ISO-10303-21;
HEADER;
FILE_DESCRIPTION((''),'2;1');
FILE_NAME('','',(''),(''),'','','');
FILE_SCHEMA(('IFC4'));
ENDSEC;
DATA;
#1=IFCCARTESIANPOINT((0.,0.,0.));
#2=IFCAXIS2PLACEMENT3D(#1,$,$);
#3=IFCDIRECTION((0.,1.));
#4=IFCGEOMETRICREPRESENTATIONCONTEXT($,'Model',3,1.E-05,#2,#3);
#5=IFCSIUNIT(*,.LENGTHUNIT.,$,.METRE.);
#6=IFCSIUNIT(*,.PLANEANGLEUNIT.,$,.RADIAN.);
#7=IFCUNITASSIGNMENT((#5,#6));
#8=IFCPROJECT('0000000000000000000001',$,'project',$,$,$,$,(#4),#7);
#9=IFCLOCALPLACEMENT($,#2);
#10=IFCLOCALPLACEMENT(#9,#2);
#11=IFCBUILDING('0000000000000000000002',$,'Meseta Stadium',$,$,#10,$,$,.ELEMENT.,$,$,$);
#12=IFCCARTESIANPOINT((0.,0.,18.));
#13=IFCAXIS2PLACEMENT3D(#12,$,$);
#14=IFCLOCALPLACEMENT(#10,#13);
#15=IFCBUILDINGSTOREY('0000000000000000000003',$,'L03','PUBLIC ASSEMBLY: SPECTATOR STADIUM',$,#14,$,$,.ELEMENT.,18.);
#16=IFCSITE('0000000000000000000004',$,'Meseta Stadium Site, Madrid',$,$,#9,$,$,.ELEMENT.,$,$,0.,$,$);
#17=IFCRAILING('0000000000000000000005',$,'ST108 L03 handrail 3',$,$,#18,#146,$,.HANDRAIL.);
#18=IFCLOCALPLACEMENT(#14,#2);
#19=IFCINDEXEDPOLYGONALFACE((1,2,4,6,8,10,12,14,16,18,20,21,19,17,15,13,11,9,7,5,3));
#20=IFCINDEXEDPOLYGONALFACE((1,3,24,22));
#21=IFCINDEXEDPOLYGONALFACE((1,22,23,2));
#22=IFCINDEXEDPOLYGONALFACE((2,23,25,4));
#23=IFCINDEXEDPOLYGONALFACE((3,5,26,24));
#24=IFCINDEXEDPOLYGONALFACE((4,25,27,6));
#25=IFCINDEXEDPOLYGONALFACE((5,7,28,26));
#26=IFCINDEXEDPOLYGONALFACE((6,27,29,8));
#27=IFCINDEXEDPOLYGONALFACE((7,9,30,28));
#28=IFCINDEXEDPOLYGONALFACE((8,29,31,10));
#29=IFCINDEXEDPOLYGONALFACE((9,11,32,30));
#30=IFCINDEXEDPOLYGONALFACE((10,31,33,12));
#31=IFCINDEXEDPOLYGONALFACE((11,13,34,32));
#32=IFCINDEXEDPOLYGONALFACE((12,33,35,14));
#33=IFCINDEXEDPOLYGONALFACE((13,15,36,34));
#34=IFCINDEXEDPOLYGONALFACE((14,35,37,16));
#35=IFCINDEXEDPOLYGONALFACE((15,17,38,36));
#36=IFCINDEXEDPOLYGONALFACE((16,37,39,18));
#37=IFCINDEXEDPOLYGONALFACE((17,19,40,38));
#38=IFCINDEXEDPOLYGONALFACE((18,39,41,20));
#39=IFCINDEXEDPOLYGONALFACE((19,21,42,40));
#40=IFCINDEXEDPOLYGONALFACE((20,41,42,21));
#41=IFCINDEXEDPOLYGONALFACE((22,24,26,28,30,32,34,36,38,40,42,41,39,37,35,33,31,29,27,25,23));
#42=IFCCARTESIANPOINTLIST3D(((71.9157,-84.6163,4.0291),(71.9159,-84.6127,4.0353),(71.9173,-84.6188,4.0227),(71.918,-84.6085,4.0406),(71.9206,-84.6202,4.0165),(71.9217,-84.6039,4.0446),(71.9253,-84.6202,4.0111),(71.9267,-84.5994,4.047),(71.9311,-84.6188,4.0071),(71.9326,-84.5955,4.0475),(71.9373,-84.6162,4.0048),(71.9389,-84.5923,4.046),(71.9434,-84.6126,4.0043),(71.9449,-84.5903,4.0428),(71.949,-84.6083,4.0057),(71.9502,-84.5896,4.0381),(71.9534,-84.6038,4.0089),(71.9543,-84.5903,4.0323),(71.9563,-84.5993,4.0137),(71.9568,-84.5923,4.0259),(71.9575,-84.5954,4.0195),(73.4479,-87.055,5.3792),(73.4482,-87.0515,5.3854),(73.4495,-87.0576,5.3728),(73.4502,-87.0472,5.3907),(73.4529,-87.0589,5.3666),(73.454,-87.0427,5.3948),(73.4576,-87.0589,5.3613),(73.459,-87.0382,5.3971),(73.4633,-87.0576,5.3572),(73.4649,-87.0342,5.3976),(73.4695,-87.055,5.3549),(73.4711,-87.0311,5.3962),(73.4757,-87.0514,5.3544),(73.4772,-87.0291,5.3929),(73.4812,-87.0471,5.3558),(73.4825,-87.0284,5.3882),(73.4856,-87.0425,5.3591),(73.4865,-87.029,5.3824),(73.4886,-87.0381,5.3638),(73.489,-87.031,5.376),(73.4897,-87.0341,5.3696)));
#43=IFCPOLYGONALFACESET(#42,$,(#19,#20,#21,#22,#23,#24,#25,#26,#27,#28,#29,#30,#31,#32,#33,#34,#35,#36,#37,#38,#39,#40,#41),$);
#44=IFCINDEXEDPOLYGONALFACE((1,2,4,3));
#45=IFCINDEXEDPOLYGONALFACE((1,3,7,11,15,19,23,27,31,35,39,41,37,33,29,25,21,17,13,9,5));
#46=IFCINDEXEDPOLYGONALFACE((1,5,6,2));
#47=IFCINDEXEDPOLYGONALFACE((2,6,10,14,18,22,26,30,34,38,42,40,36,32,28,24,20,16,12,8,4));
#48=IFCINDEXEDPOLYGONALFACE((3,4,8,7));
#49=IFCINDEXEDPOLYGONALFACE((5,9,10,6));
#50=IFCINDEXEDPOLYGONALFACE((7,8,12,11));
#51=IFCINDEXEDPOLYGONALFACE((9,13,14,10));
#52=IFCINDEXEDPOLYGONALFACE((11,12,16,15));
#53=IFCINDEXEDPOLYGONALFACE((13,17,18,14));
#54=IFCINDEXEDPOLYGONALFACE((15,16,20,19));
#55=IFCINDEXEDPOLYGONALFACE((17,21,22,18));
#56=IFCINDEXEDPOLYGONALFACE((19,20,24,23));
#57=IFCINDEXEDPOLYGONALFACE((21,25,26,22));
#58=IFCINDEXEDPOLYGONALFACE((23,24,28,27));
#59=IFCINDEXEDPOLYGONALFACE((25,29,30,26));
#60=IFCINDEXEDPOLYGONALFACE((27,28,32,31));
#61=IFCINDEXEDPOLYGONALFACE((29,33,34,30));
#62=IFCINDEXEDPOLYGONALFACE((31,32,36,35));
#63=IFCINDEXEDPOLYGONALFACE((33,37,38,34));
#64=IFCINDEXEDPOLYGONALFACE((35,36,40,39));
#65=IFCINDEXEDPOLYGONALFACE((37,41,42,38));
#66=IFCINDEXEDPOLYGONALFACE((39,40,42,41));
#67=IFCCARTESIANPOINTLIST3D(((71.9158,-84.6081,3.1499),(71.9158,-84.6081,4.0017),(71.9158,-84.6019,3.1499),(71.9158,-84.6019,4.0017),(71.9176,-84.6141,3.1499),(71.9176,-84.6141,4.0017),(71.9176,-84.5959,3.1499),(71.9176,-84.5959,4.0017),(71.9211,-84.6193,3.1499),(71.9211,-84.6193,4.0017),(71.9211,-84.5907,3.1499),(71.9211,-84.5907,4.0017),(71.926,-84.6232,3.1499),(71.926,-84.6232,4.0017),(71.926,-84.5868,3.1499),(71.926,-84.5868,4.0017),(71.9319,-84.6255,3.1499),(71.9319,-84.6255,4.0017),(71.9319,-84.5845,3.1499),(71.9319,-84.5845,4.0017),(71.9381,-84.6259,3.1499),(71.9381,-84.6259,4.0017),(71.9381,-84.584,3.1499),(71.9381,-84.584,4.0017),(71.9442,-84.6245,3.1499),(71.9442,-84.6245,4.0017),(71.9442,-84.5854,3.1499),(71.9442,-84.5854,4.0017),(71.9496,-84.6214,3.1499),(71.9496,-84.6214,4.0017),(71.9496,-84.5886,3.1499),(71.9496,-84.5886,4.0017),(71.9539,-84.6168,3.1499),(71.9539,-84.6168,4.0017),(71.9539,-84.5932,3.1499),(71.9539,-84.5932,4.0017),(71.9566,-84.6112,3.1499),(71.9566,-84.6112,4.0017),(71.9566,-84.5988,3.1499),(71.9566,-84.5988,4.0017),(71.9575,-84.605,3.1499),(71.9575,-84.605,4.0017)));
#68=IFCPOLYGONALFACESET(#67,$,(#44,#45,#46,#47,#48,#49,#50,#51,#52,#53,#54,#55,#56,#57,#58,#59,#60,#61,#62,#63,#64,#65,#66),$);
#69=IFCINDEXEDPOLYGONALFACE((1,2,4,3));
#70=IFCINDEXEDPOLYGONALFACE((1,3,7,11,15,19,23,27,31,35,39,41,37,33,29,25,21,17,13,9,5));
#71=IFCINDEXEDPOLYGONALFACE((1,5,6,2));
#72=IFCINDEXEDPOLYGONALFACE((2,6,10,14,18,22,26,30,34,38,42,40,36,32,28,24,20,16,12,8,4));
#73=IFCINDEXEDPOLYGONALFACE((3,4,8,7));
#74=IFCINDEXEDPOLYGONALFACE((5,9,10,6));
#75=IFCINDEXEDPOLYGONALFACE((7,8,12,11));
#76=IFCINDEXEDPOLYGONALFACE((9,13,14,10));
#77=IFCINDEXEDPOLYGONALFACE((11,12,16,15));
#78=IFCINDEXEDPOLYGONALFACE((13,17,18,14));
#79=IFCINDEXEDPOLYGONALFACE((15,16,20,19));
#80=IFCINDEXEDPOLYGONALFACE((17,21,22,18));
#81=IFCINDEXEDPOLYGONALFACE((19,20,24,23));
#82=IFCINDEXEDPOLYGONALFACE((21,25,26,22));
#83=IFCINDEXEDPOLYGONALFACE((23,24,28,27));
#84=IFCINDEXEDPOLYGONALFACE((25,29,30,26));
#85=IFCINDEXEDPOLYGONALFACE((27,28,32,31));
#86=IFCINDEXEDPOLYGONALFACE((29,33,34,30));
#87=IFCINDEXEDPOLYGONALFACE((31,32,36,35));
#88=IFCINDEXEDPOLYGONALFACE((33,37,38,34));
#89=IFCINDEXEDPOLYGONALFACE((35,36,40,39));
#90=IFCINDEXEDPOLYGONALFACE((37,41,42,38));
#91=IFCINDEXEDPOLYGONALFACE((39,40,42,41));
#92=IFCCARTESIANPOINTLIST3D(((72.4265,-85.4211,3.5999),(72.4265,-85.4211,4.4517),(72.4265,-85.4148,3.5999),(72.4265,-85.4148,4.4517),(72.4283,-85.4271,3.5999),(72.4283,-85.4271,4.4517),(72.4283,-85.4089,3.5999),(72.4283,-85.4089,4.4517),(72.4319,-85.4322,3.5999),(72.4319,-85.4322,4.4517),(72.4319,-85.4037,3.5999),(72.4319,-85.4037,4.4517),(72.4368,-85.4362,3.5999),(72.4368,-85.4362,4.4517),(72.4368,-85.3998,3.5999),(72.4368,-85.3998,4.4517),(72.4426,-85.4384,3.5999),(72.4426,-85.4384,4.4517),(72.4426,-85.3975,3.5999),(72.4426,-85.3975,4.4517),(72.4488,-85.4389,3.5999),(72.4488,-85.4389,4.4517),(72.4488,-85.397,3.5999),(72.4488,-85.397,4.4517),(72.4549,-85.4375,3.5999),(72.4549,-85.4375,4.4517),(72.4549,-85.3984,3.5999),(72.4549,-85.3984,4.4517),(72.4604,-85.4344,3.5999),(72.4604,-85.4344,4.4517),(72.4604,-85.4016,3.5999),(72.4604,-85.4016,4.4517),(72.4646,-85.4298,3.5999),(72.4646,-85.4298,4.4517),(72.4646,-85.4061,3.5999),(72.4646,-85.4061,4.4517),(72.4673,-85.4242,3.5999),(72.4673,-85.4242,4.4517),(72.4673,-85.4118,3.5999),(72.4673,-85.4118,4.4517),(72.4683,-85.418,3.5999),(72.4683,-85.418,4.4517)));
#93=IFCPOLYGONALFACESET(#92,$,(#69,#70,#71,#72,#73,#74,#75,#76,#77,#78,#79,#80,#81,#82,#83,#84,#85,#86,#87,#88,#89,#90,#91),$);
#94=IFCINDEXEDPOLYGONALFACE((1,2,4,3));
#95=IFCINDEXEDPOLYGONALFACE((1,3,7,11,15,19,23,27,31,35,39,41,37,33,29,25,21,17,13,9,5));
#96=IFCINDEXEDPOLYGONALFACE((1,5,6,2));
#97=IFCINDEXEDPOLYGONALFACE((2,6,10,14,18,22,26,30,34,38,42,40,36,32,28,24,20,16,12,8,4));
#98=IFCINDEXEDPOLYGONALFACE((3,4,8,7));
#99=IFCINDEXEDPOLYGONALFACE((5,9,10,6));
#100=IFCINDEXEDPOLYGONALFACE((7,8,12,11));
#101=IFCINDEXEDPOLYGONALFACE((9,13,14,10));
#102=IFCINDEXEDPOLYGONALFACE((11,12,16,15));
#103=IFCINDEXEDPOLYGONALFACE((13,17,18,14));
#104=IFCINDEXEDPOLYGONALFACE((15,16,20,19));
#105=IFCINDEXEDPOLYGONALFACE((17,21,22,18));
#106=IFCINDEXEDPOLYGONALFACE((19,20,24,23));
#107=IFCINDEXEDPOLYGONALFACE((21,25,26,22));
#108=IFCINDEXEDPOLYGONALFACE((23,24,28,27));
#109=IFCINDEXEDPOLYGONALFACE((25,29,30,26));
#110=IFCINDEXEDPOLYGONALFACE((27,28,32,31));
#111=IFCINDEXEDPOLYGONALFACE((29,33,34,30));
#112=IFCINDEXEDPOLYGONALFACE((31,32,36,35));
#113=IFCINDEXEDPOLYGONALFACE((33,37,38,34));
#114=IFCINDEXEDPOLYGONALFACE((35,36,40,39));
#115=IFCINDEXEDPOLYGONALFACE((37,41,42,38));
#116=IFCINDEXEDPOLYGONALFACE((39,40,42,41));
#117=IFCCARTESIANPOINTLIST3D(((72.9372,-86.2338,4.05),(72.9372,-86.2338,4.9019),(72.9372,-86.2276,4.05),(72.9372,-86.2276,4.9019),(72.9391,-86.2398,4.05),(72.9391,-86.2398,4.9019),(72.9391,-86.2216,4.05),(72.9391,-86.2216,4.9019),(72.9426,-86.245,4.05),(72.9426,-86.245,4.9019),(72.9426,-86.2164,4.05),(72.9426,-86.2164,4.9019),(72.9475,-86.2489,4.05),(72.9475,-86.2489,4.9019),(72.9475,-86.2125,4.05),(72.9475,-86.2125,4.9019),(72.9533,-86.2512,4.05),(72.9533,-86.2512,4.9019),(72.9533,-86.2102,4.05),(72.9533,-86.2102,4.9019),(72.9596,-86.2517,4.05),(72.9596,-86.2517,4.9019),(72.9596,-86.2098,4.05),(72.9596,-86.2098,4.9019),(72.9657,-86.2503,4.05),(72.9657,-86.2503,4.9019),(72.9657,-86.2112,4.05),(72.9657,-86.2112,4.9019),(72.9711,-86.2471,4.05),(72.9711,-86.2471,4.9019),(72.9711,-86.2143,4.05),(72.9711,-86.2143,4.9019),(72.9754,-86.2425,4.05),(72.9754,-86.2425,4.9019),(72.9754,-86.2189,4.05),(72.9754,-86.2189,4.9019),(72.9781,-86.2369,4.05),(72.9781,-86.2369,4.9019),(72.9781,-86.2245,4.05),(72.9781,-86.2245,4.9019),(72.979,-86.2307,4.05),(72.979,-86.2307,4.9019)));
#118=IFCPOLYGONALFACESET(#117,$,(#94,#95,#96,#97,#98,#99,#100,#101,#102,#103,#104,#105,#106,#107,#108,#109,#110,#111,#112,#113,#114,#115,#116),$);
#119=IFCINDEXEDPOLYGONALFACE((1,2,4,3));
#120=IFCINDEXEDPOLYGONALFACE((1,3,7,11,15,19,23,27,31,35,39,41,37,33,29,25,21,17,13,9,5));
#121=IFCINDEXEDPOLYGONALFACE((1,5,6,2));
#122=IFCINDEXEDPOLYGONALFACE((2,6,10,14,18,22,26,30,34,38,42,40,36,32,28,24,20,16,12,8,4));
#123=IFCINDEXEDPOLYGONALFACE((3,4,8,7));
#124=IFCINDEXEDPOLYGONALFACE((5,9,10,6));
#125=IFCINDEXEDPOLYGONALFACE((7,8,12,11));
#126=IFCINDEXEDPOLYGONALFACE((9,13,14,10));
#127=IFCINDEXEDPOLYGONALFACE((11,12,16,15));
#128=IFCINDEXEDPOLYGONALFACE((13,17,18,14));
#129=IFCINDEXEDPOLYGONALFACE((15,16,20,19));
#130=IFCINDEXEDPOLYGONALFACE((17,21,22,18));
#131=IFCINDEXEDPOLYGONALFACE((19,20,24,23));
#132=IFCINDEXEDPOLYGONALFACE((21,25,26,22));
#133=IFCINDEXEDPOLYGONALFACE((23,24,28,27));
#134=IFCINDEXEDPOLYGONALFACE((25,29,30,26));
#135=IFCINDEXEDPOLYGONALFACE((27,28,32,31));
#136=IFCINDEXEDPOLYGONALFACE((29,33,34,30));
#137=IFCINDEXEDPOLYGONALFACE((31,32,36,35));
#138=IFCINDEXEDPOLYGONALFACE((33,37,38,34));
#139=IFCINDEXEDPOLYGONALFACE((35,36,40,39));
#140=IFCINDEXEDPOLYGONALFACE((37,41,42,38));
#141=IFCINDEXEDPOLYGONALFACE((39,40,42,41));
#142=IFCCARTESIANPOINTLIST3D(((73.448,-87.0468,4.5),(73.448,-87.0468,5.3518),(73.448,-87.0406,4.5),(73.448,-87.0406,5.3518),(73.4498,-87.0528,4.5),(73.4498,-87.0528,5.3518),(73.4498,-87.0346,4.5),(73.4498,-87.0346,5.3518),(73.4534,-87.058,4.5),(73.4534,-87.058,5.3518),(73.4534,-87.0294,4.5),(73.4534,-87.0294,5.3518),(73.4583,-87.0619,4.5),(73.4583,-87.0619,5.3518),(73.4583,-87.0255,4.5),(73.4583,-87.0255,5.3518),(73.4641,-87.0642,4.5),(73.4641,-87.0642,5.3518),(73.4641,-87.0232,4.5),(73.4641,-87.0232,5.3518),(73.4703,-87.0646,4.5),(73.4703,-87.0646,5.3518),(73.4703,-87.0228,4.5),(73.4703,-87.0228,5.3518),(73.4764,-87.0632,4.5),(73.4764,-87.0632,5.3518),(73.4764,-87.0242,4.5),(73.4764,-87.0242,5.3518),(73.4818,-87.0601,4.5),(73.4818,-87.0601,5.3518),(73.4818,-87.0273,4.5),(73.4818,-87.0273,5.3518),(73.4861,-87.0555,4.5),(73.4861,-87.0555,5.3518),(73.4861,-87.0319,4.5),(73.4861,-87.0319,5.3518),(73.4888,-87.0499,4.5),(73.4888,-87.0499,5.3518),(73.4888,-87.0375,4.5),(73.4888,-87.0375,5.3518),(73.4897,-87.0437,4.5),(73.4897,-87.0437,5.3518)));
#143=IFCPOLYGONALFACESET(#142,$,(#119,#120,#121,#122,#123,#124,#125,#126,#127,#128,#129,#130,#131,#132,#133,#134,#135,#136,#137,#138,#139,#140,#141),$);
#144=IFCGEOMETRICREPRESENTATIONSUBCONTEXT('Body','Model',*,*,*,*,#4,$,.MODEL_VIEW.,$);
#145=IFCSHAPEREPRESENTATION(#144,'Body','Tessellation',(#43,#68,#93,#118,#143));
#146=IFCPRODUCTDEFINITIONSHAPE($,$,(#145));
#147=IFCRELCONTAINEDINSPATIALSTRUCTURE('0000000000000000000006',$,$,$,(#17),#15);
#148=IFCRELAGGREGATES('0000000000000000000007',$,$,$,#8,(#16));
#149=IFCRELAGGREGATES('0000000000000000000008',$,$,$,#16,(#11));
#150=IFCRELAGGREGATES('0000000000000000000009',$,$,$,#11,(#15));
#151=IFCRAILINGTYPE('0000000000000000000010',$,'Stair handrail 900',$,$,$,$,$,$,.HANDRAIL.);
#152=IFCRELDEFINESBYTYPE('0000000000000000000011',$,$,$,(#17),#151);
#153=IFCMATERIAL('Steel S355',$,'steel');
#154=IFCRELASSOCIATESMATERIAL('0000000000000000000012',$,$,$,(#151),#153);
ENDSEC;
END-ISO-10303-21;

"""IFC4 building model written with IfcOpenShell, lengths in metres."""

from ifc_helpers import new_model, si_unit, direction, frame, origin, origin_2d, place, context, subcontext, project, spatial, circle, extrude, material, type_object, element, save


model = new_model("IFC4")

# Units and contexts
model_context = context("Model", 3, precision=1e-05, world=origin(), true_north=direction((0.0, 1.0)))
body_context = subcontext(model_context, "Body", "Model", "MODEL_VIEW")
ifc_project = project(units=[si_unit("LENGTHUNIT", "METRE"), si_unit("PLANEANGLEUNIT", "RADIAN")], contexts=[model_context])

# Site, building, storey
site_placement = place(None, origin())
site = spatial("IfcSite", under=ifc_project, at=site_placement, Name="Meseta Stadium Site, Madrid", CompositionType="ELEMENT", RefElevation=0.0)
building_placement = place(site_placement, origin())
building = spatial("IfcBuilding", under=site, at=building_placement, Name="Meseta Stadium", CompositionType="ELEMENT")
storey_placement = place(building_placement, frame((0.0, 0.0, 18.0)))
storey = spatial("IfcBuildingStorey", under=building, at=storey_placement, Name="L03", Description="PUBLIC ASSEMBLY: SPECTATOR STADIUM", CompositionType="ELEMENT", Elevation=18.0)

# Railing
ifc_material_1 = material(Name="Steel S355", Category="steel")
railing_type_1 = type_object("IfcRailingType", Name="Stair handrail 900", PredefinedType="HANDRAIL", material=ifc_material_1)
for number, where, name in (
    (1, (71.9365, -84.605, 3.1499), "ST108 L03 handrail 3"),
):
    element("IfcRailing", number, at=place(storey_placement, frame(where)), inside=storey, type_object=railing_type_1, Name=name, PredefinedType="HANDRAIL", context=body_context, shape_type="SweptSolid", body=[
        extrude(circle(Radius=0.0239, at=origin_2d()), frame((0.0, 0.0, 0.876), z_axis=(0.481703, -0.766687, 0.424445), x_axis=(0.846743, 0.532001, 0.0)), (0.0, 0.0, 1.0), 3.1809),
        extrude(circle(Radius=0.021, at=origin_2d()), origin(), (0.0, 0.0, 1.0), 0.8518),
        extrude(circle(Radius=0.021, at=origin_2d()), frame((0.5107, -0.813, 0.45)), (0.0, 0.0, 1.0), 0.8518),
        extrude(circle(Radius=0.021, at=origin_2d()), frame((1.0215, -1.6257, 0.9001)), (0.0, 0.0, 1.0), 0.8518),
        extrude(circle(Radius=0.021, at=origin_2d()), frame((1.5322, -2.4387, 1.3501)), (0.0, 0.0, 1.0), 0.8518),
    ])

save(model, "model.ifc")
